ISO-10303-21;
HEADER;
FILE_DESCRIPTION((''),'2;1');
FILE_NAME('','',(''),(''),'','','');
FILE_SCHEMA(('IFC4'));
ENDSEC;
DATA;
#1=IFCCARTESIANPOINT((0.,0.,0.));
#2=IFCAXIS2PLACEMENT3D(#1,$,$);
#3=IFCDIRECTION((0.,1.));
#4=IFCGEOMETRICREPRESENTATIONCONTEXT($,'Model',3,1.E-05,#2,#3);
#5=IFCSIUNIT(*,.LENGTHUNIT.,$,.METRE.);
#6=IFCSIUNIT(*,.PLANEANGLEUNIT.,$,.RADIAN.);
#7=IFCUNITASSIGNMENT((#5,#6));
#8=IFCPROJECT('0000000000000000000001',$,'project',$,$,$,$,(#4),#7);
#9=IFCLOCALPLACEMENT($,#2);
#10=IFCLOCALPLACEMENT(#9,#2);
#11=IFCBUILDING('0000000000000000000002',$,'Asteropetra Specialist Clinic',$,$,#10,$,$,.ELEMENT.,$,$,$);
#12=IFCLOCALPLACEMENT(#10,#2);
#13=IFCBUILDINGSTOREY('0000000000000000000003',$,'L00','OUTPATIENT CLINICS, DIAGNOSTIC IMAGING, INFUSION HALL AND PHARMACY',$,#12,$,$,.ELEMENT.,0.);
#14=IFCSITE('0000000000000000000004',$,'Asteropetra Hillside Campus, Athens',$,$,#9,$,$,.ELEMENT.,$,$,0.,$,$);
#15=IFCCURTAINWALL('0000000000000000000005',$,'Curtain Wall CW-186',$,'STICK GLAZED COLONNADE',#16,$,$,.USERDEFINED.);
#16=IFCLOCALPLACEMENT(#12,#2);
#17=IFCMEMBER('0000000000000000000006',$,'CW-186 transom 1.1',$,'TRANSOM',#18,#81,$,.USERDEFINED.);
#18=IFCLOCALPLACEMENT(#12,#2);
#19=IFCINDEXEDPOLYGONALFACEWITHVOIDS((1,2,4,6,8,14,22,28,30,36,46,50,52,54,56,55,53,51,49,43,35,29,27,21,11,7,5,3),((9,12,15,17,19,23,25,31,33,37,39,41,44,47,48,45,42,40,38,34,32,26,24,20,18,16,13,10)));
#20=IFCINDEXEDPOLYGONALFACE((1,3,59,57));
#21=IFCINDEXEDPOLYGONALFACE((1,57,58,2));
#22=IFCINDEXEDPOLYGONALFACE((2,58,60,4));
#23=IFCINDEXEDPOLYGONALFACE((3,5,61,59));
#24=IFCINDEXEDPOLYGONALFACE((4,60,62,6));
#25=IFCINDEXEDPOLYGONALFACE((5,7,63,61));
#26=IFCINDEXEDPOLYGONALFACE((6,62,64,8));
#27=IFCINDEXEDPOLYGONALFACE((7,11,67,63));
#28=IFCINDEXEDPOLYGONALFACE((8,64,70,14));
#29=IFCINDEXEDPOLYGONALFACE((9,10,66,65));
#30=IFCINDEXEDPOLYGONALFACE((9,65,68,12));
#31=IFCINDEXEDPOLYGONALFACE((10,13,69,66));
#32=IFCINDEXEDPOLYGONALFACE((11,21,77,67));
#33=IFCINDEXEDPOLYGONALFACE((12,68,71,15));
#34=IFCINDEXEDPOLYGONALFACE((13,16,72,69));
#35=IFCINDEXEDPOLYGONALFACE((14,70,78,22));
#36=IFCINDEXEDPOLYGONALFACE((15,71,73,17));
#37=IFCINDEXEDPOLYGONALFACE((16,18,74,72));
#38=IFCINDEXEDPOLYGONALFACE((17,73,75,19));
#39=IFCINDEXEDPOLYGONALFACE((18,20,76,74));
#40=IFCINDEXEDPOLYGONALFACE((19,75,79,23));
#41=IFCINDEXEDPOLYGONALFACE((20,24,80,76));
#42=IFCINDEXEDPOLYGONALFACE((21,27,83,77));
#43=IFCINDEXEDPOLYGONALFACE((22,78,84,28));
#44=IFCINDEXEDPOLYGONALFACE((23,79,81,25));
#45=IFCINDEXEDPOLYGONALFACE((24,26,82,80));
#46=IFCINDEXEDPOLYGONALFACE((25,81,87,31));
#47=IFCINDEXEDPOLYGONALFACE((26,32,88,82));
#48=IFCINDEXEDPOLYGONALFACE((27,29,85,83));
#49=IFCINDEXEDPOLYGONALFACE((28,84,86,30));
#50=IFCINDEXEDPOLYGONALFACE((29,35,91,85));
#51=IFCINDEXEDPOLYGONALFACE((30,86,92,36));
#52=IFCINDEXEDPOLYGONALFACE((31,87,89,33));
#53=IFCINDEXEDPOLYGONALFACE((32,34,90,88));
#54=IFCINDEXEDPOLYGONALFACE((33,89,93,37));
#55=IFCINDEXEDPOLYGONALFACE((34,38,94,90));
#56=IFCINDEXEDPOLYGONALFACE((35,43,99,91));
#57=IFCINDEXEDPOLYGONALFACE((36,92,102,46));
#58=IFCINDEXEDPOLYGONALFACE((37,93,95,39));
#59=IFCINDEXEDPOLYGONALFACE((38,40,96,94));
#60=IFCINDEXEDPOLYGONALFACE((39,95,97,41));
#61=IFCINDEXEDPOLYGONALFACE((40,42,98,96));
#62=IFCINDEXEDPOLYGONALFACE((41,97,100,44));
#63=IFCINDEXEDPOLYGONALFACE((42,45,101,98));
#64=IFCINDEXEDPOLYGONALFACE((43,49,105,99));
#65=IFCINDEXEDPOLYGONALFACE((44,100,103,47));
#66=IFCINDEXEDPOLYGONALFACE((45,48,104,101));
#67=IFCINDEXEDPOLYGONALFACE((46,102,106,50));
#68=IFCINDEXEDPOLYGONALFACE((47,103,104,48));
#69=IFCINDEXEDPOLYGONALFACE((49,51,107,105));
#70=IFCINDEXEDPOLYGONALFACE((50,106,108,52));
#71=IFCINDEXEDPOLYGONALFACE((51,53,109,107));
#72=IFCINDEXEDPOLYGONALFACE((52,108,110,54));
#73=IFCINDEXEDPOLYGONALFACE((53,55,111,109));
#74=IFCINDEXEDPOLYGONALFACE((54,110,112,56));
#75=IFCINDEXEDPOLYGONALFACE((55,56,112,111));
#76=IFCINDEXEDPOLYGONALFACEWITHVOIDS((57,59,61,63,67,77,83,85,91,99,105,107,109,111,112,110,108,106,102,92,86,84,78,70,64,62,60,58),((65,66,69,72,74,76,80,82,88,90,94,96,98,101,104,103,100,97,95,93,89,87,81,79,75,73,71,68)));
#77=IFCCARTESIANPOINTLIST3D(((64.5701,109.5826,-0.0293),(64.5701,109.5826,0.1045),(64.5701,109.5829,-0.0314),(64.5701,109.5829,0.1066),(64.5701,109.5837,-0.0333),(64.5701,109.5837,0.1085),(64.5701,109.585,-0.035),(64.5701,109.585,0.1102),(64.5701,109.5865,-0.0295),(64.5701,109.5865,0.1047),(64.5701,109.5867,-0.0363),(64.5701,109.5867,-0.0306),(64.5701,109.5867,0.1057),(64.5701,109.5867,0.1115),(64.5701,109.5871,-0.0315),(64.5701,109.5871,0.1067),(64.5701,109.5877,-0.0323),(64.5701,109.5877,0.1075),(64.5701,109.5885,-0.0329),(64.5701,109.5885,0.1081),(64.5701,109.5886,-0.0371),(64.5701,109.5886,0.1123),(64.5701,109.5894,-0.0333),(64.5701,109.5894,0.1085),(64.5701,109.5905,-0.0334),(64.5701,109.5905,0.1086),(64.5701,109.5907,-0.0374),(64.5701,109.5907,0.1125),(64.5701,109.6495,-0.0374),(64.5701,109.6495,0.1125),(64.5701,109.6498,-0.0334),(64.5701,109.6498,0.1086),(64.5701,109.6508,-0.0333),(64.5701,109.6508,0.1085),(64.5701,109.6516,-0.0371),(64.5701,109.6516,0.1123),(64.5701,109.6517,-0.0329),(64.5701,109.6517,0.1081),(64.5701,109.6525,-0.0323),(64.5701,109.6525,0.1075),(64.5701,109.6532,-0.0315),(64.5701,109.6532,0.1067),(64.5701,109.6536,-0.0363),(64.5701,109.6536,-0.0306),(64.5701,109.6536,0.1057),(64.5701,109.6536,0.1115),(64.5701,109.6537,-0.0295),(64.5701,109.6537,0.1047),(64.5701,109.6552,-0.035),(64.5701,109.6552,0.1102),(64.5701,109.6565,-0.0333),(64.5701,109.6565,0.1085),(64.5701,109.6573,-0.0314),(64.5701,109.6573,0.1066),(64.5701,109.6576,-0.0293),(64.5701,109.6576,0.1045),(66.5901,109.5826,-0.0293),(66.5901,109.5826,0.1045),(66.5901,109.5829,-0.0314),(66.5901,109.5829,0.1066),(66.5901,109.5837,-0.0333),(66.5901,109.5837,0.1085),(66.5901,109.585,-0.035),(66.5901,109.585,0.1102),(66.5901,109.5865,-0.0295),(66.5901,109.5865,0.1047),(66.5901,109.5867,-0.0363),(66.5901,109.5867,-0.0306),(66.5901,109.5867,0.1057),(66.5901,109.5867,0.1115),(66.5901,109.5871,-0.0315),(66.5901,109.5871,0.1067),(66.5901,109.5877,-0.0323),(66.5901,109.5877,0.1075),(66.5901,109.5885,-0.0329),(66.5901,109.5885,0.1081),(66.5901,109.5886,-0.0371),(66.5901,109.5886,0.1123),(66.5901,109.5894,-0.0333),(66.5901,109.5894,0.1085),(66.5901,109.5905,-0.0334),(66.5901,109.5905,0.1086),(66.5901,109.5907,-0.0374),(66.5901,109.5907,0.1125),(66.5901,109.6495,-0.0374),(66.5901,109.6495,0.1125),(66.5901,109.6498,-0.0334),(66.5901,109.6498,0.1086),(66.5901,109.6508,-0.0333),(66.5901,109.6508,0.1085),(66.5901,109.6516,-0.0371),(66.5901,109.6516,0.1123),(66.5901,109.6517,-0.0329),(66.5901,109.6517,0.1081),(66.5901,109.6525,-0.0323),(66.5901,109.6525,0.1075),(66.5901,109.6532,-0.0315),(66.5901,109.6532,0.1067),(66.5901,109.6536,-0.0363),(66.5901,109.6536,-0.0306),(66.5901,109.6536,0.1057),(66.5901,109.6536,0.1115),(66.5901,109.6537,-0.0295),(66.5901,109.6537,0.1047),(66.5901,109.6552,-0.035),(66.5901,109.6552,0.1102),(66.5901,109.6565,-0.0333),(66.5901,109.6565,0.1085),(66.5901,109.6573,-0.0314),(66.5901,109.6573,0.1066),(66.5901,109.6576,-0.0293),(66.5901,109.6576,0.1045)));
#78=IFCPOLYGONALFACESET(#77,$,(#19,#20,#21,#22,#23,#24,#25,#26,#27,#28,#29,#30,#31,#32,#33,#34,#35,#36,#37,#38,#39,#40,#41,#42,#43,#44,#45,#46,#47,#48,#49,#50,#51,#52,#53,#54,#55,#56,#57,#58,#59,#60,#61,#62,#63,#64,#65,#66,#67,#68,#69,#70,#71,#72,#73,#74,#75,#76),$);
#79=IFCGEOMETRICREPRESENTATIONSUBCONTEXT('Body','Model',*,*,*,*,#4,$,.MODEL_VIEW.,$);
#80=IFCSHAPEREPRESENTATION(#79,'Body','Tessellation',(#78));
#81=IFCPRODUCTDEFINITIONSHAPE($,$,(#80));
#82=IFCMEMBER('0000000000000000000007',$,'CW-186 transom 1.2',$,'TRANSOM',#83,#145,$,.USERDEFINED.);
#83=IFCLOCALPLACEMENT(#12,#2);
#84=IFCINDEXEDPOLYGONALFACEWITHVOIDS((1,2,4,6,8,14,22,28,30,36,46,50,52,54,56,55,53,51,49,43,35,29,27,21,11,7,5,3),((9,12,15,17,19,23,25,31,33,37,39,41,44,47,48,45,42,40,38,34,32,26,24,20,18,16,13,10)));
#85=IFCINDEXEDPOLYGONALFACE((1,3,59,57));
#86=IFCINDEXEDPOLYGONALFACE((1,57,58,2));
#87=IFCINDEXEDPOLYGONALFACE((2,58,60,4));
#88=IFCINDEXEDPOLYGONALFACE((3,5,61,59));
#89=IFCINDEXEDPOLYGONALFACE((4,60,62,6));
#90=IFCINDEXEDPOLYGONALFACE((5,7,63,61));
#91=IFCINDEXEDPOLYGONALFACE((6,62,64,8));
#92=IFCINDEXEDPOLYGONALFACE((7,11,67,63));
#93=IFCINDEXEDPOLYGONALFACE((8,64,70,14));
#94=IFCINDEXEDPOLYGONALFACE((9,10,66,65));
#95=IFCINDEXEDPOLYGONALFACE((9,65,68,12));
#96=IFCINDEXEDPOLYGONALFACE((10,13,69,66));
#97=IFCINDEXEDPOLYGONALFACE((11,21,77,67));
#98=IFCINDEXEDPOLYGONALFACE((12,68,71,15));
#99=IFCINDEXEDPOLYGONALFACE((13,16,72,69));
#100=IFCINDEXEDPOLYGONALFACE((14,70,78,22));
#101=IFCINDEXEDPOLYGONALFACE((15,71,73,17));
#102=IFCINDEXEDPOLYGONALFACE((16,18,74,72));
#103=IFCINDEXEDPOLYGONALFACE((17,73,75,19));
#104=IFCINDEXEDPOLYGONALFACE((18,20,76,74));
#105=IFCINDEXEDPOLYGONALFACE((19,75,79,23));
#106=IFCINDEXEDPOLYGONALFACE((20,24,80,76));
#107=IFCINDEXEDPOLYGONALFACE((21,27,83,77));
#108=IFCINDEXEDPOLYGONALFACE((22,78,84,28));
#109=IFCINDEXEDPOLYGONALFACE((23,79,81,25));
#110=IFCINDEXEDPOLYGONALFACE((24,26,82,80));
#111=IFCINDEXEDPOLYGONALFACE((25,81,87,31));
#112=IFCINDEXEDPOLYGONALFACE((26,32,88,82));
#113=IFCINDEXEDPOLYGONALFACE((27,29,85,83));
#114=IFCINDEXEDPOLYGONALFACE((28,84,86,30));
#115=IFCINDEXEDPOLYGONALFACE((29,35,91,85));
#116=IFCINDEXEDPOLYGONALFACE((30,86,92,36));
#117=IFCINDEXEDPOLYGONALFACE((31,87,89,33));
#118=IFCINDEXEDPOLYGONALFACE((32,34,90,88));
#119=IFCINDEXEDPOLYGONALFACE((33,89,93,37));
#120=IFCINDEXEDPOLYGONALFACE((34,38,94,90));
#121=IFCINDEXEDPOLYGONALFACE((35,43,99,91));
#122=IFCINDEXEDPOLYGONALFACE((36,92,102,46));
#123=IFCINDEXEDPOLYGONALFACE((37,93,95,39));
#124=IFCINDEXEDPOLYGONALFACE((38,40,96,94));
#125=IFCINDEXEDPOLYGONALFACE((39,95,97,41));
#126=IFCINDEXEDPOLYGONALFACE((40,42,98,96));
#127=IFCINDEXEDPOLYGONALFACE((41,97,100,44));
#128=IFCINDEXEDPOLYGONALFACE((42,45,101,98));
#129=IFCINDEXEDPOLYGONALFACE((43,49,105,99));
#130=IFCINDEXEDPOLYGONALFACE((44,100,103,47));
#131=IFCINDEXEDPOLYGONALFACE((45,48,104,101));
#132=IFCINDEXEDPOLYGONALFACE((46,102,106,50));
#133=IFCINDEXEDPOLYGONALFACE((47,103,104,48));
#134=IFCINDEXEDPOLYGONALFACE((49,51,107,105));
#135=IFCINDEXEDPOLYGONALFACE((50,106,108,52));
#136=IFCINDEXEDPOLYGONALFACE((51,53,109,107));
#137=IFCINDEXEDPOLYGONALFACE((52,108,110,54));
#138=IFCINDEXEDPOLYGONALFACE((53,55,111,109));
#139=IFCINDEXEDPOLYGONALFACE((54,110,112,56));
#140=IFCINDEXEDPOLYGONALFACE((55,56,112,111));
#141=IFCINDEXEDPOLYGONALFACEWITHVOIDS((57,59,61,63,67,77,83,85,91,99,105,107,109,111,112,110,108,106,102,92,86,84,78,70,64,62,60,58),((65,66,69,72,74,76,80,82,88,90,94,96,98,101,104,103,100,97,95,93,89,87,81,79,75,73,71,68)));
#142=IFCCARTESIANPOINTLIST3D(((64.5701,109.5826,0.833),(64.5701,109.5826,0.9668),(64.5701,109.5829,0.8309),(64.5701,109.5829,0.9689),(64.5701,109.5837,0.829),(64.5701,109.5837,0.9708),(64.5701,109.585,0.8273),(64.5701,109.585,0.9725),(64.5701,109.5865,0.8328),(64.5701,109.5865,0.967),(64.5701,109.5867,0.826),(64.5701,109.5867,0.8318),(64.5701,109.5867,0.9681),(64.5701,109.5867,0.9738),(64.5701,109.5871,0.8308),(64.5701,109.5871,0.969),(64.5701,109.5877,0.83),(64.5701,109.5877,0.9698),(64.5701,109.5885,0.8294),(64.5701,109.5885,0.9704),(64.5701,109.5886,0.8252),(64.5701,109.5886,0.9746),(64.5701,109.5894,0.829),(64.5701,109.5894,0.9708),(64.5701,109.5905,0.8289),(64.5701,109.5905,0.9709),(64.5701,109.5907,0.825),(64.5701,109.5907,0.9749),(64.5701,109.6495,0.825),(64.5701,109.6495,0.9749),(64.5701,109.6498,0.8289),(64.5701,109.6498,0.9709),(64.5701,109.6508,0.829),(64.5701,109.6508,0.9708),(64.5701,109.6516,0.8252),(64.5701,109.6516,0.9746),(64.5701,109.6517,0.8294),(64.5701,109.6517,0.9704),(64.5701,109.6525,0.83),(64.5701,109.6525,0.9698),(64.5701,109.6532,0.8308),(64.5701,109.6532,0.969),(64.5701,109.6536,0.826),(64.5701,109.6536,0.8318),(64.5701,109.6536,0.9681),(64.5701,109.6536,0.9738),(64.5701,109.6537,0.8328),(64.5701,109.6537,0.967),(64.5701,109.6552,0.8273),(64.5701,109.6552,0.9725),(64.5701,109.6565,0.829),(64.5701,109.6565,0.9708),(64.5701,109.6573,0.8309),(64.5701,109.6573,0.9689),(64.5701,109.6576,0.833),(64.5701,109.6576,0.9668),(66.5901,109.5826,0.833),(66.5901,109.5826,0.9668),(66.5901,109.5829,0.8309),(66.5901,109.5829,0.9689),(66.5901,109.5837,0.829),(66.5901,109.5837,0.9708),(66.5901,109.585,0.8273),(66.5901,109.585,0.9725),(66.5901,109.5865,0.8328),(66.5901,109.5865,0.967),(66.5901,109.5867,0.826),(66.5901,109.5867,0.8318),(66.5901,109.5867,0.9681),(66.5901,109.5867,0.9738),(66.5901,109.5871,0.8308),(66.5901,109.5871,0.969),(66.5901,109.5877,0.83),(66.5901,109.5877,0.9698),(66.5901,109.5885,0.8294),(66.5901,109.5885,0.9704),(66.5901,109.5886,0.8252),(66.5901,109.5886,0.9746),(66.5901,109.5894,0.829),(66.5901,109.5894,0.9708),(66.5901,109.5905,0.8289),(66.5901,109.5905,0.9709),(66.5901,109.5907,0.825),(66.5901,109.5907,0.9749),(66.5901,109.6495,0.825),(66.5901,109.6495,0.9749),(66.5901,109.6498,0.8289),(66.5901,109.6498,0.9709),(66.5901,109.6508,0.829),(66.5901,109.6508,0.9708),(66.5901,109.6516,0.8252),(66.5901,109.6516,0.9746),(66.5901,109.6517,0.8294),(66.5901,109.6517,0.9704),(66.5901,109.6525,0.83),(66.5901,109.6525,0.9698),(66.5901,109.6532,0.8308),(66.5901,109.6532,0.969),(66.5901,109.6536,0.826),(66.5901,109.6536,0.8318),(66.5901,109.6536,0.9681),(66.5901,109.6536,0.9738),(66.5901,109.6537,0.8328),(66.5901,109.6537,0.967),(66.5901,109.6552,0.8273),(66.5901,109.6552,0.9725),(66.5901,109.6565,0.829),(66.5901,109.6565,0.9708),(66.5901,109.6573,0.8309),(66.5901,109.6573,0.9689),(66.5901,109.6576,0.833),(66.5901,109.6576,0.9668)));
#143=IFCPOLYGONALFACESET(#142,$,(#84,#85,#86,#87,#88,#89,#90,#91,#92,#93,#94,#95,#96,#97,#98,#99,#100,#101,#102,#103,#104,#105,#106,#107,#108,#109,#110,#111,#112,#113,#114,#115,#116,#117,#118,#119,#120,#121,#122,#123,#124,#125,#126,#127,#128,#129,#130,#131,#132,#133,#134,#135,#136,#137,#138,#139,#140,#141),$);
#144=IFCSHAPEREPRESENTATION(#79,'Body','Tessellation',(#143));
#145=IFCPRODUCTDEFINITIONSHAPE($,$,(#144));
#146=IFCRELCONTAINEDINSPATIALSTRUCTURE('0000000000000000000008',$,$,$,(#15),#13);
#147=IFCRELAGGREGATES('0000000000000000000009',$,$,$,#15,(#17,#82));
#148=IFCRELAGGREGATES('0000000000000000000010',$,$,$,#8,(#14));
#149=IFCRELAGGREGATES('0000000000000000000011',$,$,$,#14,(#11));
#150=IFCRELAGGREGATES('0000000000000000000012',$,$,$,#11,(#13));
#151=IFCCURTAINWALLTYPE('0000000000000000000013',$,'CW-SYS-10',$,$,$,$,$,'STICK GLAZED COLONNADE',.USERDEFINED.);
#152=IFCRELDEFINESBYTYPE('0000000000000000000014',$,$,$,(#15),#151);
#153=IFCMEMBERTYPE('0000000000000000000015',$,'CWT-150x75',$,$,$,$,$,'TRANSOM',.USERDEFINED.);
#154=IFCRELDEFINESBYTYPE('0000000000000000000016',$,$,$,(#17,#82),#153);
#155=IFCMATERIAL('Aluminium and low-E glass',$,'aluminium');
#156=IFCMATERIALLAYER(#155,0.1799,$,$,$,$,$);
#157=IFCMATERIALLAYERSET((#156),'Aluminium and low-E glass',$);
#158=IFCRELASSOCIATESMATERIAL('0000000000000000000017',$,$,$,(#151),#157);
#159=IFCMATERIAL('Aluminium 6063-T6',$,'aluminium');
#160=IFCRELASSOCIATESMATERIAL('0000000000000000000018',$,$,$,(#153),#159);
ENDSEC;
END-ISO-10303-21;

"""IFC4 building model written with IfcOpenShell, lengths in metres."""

from ifc_helpers import new_model, si_unit, direction, frame, origin, origin_2d, place, context, subcontext, project, spatial, hollow_rectangle, extrude, material, layer, layer_set, material_profile, profile_set, type_object, element, aggregate, save


model = new_model("IFC4")

# Units and contexts
model_context = context("Model", 3, precision=1e-05, world=origin(), true_north=direction((0.0, 1.0)))
body_context = subcontext(model_context, "Body", "Model", "MODEL_VIEW")
ifc_project = project(units=[si_unit("LENGTHUNIT", "METRE"), si_unit("PLANEANGLEUNIT", "RADIAN")], contexts=[model_context])

# Site, building, storey
site_placement = place(None, origin())
site = spatial("IfcSite", under=ifc_project, at=site_placement, Name="Asteropetra Hillside Campus, Athens", CompositionType="ELEMENT", RefElevation=0.0)
building_placement = place(site_placement, origin())
building = spatial("IfcBuilding", under=site, at=building_placement, Name="Asteropetra Specialist Clinic", CompositionType="ELEMENT")
storey_placement = place(building_placement, origin())
storey = spatial("IfcBuildingStorey", under=building, at=storey_placement, Name="L00", Description="OUTPATIENT CLINICS, DIAGNOSTIC IMAGING, INFUSION HALL AND PHARMACY", CompositionType="ELEMENT", Elevation=0.0)

# Curtain wall, members
ifc_material_1 = material(Name="Aluminium and low-E glass", Category="aluminium")
ifc_layer_1 = layer(ifc_material_1, 0.1799)
ifc_layer_set_1 = layer_set([ifc_layer_1], Name="Aluminium and low-E glass")
curtain_wall_type = type_object("IfcCurtainWallType", Name="CW-SYS-10", ElementType="STICK GLAZED COLONNADE", PredefinedType="USERDEFINED", material=ifc_layer_set_1)
curtain_wall_placement = place(storey_placement, origin())
curtain_wall = element("IfcCurtainWall", 1, at=curtain_wall_placement, inside=storey, type_object=curtain_wall_type, Name="Curtain Wall CW-186", ObjectType="STICK GLAZED COLONNADE", PredefinedType="USERDEFINED")
ifc_material_2 = material(Name="Aluminium 6063-T6", Category="aluminium")
ifc_material_profile_1 = material_profile(ifc_material_2, hollow_rectangle(XDim=0.075, YDim=0.1499, WallThickness=0.0039, InnerFilletRadius=0.0039, OuterFilletRadius=0.0081, at=origin_2d()), Name="TRN 150x75x4.0")
ifc_profile_set_1 = profile_set([ifc_material_profile_1], Name="Aluminium 6063-T6")
member_type_1 = type_object("IfcMemberType", Name="CWT-150x75", ElementType="TRANSOM", PredefinedType="USERDEFINED", material=ifc_profile_set_1)
member_1_placement = place(storey_placement, frame((66.5901, 109.6201, 0.0376), z_axis=(-1.0, 0.0, 0.0), x_axis=(0.0, -1.0, 0.0)))
member_1 = element("IfcMember", 2, at=member_1_placement, type_object=member_type_1, Name="CW-186 transom 1.1", ObjectType="TRANSOM", PredefinedType="USERDEFINED", context=body_context, shape_type="SweptSolid", body=[
    extrude(hollow_rectangle(XDim=0.075, YDim=0.1499, WallThickness=0.0039, InnerFilletRadius=0.0039, OuterFilletRadius=0.0081, at=origin_2d()), origin(), (0.0, 0.0, 1.0), 2.02),
])
member_2_placement = place(storey_placement, frame((66.5901, 109.6201, 0.8999), z_axis=(-1.0, 0.0, 0.0), x_axis=(0.0, -1.0, 0.0)))
member_2 = element("IfcMember", 3, at=member_2_placement, type_object=member_type_1, Name="CW-186 transom 1.2", ObjectType="TRANSOM", PredefinedType="USERDEFINED", context=body_context, shape_type="SweptSolid", body=[
    extrude(hollow_rectangle(XDim=0.075, YDim=0.1499, WallThickness=0.0039, InnerFilletRadius=0.0039, OuterFilletRadius=0.0081, at=origin_2d()), origin(), (0.0, 0.0, 1.0), 2.02),
])
aggregate(curtain_wall, [member_1, member_2])

save(model, "model.ifc")
